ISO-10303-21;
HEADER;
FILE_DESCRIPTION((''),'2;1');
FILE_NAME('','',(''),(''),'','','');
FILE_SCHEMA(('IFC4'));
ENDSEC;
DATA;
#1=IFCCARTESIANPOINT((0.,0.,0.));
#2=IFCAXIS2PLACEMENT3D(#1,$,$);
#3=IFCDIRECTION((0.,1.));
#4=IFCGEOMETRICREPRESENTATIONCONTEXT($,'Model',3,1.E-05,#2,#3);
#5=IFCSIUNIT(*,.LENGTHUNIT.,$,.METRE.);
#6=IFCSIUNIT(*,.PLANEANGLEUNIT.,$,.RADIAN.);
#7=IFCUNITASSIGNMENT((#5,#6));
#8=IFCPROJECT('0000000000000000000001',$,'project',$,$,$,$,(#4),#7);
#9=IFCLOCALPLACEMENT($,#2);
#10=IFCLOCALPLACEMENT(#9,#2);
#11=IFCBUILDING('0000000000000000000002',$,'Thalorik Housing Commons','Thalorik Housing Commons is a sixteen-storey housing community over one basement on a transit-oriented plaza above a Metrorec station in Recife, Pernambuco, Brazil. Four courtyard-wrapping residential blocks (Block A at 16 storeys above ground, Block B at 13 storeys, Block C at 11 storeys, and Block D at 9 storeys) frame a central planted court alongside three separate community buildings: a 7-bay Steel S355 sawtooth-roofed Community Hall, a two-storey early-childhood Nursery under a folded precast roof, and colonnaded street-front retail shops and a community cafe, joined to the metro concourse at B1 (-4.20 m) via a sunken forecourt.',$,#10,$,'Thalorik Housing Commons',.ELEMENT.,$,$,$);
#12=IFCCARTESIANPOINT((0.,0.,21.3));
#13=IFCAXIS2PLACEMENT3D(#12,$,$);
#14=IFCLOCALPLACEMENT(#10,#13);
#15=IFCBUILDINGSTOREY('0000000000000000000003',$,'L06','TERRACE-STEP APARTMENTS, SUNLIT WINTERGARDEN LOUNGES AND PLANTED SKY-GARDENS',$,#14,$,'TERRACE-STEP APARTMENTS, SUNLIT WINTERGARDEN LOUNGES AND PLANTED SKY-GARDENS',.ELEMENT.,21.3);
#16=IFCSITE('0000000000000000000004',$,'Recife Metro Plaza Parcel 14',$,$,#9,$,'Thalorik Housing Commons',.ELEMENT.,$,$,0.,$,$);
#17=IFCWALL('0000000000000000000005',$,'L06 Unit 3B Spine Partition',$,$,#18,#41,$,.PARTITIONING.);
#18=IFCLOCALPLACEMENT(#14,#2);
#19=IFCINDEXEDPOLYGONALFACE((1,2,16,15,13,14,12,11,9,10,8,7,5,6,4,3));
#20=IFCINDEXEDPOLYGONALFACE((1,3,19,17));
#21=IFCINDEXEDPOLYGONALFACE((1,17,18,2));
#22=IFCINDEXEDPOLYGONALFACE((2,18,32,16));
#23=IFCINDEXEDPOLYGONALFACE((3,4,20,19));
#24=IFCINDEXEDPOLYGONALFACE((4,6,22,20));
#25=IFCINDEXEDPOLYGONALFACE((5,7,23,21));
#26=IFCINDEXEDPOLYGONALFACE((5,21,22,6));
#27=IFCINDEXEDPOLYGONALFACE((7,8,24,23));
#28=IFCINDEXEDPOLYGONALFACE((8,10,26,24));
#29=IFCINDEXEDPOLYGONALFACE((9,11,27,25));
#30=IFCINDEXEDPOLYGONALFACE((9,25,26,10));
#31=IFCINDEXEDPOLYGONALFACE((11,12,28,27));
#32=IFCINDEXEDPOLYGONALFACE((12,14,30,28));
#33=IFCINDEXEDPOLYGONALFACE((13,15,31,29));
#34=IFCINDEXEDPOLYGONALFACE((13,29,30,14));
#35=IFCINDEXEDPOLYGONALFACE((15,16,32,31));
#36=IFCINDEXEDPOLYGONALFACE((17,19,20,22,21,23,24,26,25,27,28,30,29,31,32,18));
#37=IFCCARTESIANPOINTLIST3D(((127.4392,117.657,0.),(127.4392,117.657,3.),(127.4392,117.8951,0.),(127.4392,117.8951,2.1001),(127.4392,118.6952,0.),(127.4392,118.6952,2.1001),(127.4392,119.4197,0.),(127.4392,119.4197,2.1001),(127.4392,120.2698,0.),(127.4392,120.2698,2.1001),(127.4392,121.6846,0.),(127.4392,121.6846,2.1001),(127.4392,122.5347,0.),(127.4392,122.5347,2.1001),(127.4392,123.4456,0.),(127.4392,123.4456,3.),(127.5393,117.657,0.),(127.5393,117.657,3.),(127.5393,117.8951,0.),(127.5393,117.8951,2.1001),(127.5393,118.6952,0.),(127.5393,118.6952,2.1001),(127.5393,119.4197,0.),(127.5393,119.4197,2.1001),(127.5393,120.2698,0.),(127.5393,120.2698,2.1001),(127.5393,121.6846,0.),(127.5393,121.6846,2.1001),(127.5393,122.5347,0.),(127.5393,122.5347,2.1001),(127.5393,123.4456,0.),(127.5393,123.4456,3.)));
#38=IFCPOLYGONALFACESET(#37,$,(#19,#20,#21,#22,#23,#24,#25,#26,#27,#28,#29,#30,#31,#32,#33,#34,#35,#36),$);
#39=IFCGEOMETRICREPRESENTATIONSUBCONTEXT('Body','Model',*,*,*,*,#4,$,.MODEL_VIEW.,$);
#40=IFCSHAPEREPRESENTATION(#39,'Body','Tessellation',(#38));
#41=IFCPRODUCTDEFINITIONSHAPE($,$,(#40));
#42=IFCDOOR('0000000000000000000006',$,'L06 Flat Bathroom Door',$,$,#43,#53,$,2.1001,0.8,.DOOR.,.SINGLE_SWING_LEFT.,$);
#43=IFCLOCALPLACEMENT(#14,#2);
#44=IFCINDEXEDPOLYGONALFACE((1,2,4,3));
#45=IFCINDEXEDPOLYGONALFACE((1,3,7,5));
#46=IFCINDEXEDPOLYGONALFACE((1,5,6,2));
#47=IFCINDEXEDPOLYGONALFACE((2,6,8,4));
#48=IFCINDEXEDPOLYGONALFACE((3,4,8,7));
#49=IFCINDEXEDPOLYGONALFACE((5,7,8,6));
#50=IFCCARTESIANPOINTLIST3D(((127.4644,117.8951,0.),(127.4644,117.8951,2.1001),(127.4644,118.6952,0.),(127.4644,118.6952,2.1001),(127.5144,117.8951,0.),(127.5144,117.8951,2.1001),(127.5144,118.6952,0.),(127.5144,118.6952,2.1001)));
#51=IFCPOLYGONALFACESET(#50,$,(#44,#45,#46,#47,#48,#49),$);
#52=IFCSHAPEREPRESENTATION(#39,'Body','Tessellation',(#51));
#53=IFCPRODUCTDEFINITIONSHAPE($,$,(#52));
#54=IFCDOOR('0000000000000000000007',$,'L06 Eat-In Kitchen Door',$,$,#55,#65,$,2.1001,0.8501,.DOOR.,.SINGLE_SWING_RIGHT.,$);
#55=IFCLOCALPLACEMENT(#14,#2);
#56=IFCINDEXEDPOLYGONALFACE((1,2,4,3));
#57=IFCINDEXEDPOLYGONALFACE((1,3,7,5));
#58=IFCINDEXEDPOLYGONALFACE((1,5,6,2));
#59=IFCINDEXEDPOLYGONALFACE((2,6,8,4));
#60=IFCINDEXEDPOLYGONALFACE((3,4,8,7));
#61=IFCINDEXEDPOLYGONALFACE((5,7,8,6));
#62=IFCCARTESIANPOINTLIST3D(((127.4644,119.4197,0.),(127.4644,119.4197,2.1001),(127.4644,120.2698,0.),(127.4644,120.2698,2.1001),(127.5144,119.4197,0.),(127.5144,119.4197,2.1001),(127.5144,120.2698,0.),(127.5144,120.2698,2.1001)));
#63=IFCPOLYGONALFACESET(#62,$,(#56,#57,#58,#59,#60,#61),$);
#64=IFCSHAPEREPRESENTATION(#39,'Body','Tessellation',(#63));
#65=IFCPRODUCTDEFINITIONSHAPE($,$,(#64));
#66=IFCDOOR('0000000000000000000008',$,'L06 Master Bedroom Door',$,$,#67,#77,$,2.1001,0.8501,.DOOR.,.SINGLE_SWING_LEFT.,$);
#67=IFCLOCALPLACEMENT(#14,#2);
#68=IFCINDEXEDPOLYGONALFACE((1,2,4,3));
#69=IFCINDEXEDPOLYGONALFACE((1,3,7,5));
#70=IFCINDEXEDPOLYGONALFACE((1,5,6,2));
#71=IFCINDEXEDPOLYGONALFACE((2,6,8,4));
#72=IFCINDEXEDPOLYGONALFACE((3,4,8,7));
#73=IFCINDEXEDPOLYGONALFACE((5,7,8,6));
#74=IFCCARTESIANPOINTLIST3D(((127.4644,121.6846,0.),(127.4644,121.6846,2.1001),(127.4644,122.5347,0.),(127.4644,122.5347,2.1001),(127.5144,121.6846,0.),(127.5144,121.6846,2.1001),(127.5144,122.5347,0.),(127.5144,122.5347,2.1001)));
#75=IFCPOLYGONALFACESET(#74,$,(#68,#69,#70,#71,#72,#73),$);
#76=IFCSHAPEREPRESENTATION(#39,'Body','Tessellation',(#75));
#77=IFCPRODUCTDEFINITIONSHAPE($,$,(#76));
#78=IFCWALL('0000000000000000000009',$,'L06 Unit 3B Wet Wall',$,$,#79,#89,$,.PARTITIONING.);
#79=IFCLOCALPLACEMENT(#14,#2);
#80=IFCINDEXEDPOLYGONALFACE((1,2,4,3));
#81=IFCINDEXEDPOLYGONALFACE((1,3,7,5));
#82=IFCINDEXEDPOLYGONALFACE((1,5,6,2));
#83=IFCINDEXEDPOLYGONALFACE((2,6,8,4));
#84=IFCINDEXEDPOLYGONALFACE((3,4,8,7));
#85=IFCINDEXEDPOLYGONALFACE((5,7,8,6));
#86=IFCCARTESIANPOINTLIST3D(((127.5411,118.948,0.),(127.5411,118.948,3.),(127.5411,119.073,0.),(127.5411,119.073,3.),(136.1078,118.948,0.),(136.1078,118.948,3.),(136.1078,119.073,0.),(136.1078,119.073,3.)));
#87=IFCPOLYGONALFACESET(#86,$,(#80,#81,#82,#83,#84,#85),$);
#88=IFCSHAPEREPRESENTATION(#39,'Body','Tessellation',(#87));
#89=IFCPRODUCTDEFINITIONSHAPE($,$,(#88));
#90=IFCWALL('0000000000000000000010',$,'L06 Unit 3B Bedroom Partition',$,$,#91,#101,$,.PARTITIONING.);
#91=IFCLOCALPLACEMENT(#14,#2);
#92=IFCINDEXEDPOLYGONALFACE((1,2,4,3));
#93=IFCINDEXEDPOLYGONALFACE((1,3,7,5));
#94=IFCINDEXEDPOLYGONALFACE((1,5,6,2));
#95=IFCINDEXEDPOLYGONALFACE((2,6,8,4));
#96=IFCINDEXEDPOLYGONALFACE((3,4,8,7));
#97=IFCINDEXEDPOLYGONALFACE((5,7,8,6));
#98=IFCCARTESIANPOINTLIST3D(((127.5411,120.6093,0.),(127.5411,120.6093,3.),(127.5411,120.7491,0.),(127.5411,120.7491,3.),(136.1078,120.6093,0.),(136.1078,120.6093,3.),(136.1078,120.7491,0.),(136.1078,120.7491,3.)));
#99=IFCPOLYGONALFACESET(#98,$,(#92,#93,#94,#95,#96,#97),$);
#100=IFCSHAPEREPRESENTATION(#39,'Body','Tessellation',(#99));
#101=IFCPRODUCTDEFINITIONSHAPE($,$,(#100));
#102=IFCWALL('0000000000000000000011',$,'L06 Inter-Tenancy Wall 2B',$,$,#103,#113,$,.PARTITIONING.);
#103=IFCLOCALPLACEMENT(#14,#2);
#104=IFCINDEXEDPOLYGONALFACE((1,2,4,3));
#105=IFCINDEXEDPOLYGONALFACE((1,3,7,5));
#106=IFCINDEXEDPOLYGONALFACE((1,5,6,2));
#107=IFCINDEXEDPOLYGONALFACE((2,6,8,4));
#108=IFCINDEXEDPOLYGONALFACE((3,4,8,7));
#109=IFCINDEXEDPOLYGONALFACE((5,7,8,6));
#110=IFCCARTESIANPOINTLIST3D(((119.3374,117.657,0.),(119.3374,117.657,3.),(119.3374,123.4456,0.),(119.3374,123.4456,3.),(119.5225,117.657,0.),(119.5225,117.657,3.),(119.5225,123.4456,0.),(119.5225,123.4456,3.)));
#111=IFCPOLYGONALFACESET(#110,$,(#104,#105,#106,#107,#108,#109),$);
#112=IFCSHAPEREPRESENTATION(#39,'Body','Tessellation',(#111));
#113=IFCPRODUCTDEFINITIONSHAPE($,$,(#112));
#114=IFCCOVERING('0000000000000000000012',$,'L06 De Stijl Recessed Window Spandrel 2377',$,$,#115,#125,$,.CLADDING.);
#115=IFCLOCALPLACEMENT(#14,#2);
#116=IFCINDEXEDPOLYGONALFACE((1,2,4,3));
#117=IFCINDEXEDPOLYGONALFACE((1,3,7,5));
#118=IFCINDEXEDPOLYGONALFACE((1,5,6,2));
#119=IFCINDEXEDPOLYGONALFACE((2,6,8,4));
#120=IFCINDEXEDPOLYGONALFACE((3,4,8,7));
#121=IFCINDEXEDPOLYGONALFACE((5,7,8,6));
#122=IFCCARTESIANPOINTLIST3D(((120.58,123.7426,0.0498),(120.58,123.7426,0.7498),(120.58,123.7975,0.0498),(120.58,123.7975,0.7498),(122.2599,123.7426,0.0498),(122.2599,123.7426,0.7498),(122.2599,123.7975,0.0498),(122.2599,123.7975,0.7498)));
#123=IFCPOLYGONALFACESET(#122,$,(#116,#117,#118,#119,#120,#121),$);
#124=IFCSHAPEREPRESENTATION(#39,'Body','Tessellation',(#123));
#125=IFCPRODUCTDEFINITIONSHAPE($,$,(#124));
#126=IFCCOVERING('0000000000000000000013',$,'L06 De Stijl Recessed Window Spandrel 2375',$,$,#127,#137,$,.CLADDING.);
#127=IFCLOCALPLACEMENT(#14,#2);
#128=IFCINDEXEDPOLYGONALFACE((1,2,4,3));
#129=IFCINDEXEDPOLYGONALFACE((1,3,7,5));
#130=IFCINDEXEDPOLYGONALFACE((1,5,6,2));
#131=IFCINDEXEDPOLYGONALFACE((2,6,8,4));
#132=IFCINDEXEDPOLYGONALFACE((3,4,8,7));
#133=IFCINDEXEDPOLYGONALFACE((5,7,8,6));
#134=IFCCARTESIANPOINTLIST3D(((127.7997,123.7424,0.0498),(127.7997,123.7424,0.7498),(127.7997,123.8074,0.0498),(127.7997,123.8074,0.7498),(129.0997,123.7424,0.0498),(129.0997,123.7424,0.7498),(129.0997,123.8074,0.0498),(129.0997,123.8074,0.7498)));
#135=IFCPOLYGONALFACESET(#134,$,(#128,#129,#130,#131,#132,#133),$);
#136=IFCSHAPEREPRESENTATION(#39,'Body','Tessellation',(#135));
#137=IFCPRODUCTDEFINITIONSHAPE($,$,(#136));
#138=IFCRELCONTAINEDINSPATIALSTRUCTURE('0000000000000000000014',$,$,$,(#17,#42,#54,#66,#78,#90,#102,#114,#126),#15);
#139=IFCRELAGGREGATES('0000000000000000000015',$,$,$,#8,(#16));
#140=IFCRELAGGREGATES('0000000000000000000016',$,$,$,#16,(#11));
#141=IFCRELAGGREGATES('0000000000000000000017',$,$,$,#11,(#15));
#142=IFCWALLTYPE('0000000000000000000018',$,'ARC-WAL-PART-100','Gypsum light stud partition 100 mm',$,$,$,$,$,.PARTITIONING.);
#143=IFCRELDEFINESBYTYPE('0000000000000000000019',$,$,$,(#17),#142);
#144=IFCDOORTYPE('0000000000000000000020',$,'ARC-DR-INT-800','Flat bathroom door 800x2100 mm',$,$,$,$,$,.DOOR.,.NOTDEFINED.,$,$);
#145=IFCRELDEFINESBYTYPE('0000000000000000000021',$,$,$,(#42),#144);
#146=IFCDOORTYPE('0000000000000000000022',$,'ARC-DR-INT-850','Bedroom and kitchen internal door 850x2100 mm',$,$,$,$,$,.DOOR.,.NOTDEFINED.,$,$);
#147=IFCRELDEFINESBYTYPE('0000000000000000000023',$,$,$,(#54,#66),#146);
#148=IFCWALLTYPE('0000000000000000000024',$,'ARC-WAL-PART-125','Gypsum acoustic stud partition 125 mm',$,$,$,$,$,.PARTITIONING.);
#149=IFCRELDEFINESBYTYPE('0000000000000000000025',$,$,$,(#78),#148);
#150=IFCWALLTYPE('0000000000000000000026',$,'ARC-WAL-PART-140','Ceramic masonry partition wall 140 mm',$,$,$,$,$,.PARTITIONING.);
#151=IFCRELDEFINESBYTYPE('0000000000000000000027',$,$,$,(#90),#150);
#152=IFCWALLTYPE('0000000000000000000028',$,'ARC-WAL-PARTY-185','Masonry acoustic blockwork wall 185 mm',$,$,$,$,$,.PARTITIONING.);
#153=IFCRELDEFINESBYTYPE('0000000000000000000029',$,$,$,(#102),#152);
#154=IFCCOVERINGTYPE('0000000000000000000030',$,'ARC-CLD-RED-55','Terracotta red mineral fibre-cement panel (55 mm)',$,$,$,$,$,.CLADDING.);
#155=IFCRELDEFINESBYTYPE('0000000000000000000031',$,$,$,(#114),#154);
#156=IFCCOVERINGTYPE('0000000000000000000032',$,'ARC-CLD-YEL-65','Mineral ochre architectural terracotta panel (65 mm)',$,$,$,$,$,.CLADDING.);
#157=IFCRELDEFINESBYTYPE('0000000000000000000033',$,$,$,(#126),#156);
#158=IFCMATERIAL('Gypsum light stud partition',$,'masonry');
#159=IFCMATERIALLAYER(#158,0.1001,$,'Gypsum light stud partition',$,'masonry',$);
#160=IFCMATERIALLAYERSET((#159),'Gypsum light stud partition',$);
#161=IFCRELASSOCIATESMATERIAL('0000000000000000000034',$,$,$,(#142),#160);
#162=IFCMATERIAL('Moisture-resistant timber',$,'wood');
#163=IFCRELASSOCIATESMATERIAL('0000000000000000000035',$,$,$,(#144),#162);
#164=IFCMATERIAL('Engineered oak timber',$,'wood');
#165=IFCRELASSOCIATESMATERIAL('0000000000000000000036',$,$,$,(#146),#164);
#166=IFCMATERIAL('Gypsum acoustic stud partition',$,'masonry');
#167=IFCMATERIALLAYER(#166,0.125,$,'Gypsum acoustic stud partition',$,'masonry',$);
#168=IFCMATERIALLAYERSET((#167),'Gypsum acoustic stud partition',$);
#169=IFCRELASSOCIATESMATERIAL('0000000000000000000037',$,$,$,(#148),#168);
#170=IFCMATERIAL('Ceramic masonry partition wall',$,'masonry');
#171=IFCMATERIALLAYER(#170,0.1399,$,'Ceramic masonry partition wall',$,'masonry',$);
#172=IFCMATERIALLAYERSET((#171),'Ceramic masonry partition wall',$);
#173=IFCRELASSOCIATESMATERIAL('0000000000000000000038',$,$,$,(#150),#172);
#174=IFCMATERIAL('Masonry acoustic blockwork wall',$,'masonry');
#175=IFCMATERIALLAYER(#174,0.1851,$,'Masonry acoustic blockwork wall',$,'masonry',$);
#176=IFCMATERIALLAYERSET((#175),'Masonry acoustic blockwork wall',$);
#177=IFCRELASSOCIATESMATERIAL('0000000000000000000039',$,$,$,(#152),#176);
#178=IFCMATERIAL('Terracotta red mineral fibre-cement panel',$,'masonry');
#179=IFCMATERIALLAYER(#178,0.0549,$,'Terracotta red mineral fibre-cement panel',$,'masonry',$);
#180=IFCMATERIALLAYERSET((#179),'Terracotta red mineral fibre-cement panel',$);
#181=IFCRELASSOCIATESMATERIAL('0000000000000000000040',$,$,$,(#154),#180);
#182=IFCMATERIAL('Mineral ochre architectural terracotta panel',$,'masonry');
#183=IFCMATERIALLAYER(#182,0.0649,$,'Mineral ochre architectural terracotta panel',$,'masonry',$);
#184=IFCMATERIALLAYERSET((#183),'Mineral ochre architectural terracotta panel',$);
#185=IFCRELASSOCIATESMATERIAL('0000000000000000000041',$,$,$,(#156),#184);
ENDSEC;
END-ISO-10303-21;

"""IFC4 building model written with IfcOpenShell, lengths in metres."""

from ifc_helpers import new_model, si_unit, direction, frame, frame_2d, origin, origin_2d, place, context, subcontext, project, spatial, rectangle, extrude, material, layer, layer_set, type_object, element, fill, save


model = new_model("IFC4")

# Units and contexts
model_context = context("Model", 3, precision=1e-05, world=origin(), true_north=direction((0.0, 1.0)))
body_context = subcontext(model_context, "Body", "Model", "MODEL_VIEW")
ifc_project = project(units=[si_unit("LENGTHUNIT", "METRE"), si_unit("PLANEANGLEUNIT", "RADIAN")], contexts=[model_context])

# Site, building, storey
site_placement = place(None, origin())
site = spatial("IfcSite", under=ifc_project, at=site_placement, Name="Recife Metro Plaza Parcel 14", LongName="Thalorik Housing Commons", CompositionType="ELEMENT", RefElevation=0.0)
building_placement = place(site_placement, origin())
building = spatial("IfcBuilding", under=site, at=building_placement, Name="Thalorik Housing Commons", Description="Thalorik Housing Commons is a sixteen-storey housing community over one basement on a transit-oriented plaza above a Metrorec station in Recife, Pernambuco, Brazil. Four courtyard-wrapping residential blocks (Block A at 16 storeys above ground, Block B at 13 storeys, Block C at 11 storeys, and Block D at 9 storeys) frame a central planted court alongside three separate community buildings: a 7-bay Steel S355 sawtooth-roofed Community Hall, a two-storey early-childhood Nursery under a folded precast roof, and colonnaded street-front retail shops and a community cafe, joined to the metro concourse at B1 (-4.20 m) via a sunken forecourt.", LongName="Thalorik Housing Commons", CompositionType="ELEMENT")
storey_placement = place(building_placement, frame((0.0, 0.0, 21.3)))
storey = spatial("IfcBuildingStorey", under=building, at=storey_placement, Name="L06", Description="TERRACE-STEP APARTMENTS, SUNLIT WINTERGARDEN LOUNGES AND PLANTED SKY-GARDENS", LongName="TERRACE-STEP APARTMENTS, SUNLIT WINTERGARDEN LOUNGES AND PLANTED SKY-GARDENS", CompositionType="ELEMENT", Elevation=21.3)

# Wall, openings, doors
ifc_material_1 = material(Name="Gypsum light stud partition", Category="masonry")
ifc_layer_1 = layer(ifc_material_1, 0.1001, Name="Gypsum light stud partition", Category="masonry")
ifc_layer_set_1 = layer_set([ifc_layer_1], Name="Gypsum light stud partition")
wall_type_1 = type_object("IfcWallType", Name="ARC-WAL-PART-100", Description="Gypsum light stud partition 100 mm", PredefinedType="PARTITIONING", material=ifc_layer_set_1)
wall_1_placement = place(storey_placement, frame((127.4893, 117.657, 0.0), z_axis=(0.0, 0.0, 1.0), x_axis=(0.0, 1.0, 0.0)))
wall_1 = element("IfcWall", 1, at=wall_1_placement, inside=storey, type_object=wall_type_1, Name="L06 Unit 3B Spine Partition", PredefinedType="PARTITIONING", context=body_context, shape_type="SweptSolid", body=[
    extrude(rectangle(XDim=5.7886, YDim=0.1001, at=frame_2d((2.8943, 0.0))), origin(), (0.0, 0.0, 1.0), 3.0),
])
opening_1_placement = place(wall_1_placement, frame((0.2383, 0.0, 0.0)))
opening_1 = element("IfcOpeningElement", 2, at=opening_1_placement, cuts=wall_1, PredefinedType="OPENING", context=body_context, shape_type="SweptSolid", body=[
    extrude(rectangle(XDim=0.8, YDim=2.1001, at=frame_2d((0.3999, 1.05))), frame((0.0, 0.0601, 0.0), z_axis=(0.0, -1.0, 0.0), x_axis=(1.0, 0.0, 0.0)), (0.0, 0.0, 1.0), 0.1201),
])
opening_2_placement = place(wall_1_placement, frame((1.7627, 0.0, 0.0)))
opening_2 = element("IfcOpeningElement", 3, at=opening_2_placement, cuts=wall_1, PredefinedType="OPENING", context=body_context, shape_type="SweptSolid", body=[
    extrude(rectangle(XDim=0.8501, YDim=2.1001, at=frame_2d((0.425, 1.05))), frame((0.0, 0.0601, 0.0), z_axis=(0.0, -1.0, 0.0), x_axis=(1.0, 0.0, 0.0)), (0.0, 0.0, 1.0), 0.1201),
])
opening_3_placement = place(wall_1_placement, frame((4.0276, 0.0, 0.0)))
opening_3 = element("IfcOpeningElement", 4, at=opening_3_placement, cuts=wall_1, PredefinedType="OPENING", context=body_context, shape_type="SweptSolid", body=[
    extrude(rectangle(XDim=0.8501, YDim=2.1001, at=frame_2d((0.425, 1.05))), frame((0.0, 0.0601, 0.0), z_axis=(0.0, -1.0, 0.0), x_axis=(1.0, 0.0, 0.0)), (0.0, 0.0, 1.0), 0.1201),
])
ifc_material_2 = material(Name="Moisture-resistant timber", Category="wood")
door_type_1 = type_object("IfcDoorType", Name="ARC-DR-INT-800", Description="Flat bathroom door 800x2100 mm", OperationType="NOTDEFINED", PredefinedType="DOOR", material=ifc_material_2)
door_1_placement = place(opening_1_placement, origin())
door_1 = element("IfcDoor", 5, at=door_1_placement, inside=storey, type_object=door_type_1, Name="L06 Flat Bathroom Door", OperationType="SINGLE_SWING_LEFT", OverallHeight=2.1001, OverallWidth=0.8, PredefinedType="DOOR", context=body_context, shape_type="SweptSolid", body=[
    extrude(rectangle(XDim=0.8, YDim=2.1001, at=frame_2d((0.3999, 1.05))), frame((0.0, 0.0249, 0.0), z_axis=(0.0, -1.0, 0.0), x_axis=(1.0, 0.0, 0.0)), (0.0, 0.0, 1.0), 0.05),
])
fill(opening_1, door_1)
ifc_material_3 = material(Name="Engineered oak timber", Category="wood")
door_type_2 = type_object("IfcDoorType", Name="ARC-DR-INT-850", Description="Bedroom and kitchen internal door 850x2100 mm", OperationType="NOTDEFINED", PredefinedType="DOOR", material=ifc_material_3)
door_2_placement = place(opening_2_placement, origin())
door_2 = element("IfcDoor", 6, at=door_2_placement, inside=storey, type_object=door_type_2, Name="L06 Eat-In Kitchen Door", OperationType="SINGLE_SWING_RIGHT", OverallHeight=2.1001, OverallWidth=0.8501, PredefinedType="DOOR", context=body_context, shape_type="SweptSolid", body=[
    extrude(rectangle(XDim=0.8501, YDim=2.1001, at=frame_2d((0.425, 1.05))), frame((0.0, 0.0249, 0.0), z_axis=(0.0, -1.0, 0.0), x_axis=(1.0, 0.0, 0.0)), (0.0, 0.0, 1.0), 0.05),
])
fill(opening_2, door_2)
door_3_placement = place(opening_3_placement, origin())
door_3 = element("IfcDoor", 7, at=door_3_placement, inside=storey, type_object=door_type_2, Name="L06 Master Bedroom Door", OperationType="SINGLE_SWING_LEFT", OverallHeight=2.1001, OverallWidth=0.8501, PredefinedType="DOOR", context=body_context, shape_type="SweptSolid", body=[
    extrude(rectangle(XDim=0.8501, YDim=2.1001, at=frame_2d((0.425, 1.05))), frame((0.0, 0.0249, 0.0), z_axis=(0.0, -1.0, 0.0), x_axis=(1.0, 0.0, 0.0)), (0.0, 0.0, 1.0), 0.05),
])
fill(opening_3, door_3)

# Walls
ifc_material_4 = material(Name="Gypsum acoustic stud partition", Category="masonry")
ifc_layer_2 = layer(ifc_material_4, 0.125, Name="Gypsum acoustic stud partition", Category="masonry")
ifc_layer_set_2 = layer_set([ifc_layer_2], Name="Gypsum acoustic stud partition")
wall_type_2 = type_object("IfcWallType", Name="ARC-WAL-PART-125", Description="Gypsum acoustic stud partition 125 mm", PredefinedType="PARTITIONING", material=ifc_layer_set_2)
wall_2_placement = place(storey_placement, frame((127.5413, 119.0105, 0.0), z_axis=(0.0, 0.0, 1.0), x_axis=(1.0, 0.0, 0.0)))
element("IfcWall", 8, at=wall_2_placement, inside=storey, type_object=wall_type_2, Name="L06 Unit 3B Wet Wall", PredefinedType="PARTITIONING", context=body_context, shape_type="SweptSolid", body=[
    extrude(rectangle(XDim=8.5667, YDim=0.125, at=frame_2d((4.2832, 0.0))), origin(), (0.0, 0.0, 1.0), 3.0),
])
ifc_material_5 = material(Name="Ceramic masonry partition wall", Category="masonry")
ifc_layer_3 = layer(ifc_material_5, 0.1399, Name="Ceramic masonry partition wall", Category="masonry")
ifc_layer_set_3 = layer_set([ifc_layer_3], Name="Ceramic masonry partition wall")
wall_type_3 = type_object("IfcWallType", Name="ARC-WAL-PART-140", Description="Ceramic masonry partition wall 140 mm", PredefinedType="PARTITIONING", material=ifc_layer_set_3)
wall_3_placement = place(storey_placement, frame((127.5413, 120.6792, 0.0), z_axis=(0.0, 0.0, 1.0), x_axis=(1.0, 0.0, 0.0)))
element("IfcWall", 9, at=wall_3_placement, inside=storey, type_object=wall_type_3, Name="L06 Unit 3B Bedroom Partition", PredefinedType="PARTITIONING", context=body_context, shape_type="SweptSolid", body=[
    extrude(rectangle(XDim=8.5667, YDim=0.1399, at=frame_2d((4.2832, 0.0))), origin(), (0.0, 0.0, 1.0), 3.0),
])
ifc_material_6 = material(Name="Masonry acoustic blockwork wall", Category="masonry")
ifc_layer_4 = layer(ifc_material_6, 0.1851, Name="Masonry acoustic blockwork wall", Category="masonry")
ifc_layer_set_4 = layer_set([ifc_layer_4], Name="Masonry acoustic blockwork wall")
wall_type_4 = type_object("IfcWallType", Name="ARC-WAL-PARTY-185", Description="Masonry acoustic blockwork wall 185 mm", PredefinedType="PARTITIONING", material=ifc_layer_set_4)
wall_4_placement = place(storey_placement, frame((119.4299, 117.657, 0.0), z_axis=(0.0, 0.0, 1.0), x_axis=(0.0, 1.0, 0.0)))
element("IfcWall", 10, at=wall_4_placement, inside=storey, type_object=wall_type_4, Name="L06 Inter-Tenancy Wall 2B", PredefinedType="PARTITIONING", context=body_context, shape_type="SweptSolid", body=[
    extrude(rectangle(XDim=5.7886, YDim=0.1851, at=frame_2d((2.8943, 0.0))), origin(), (0.0, 0.0, 1.0), 3.0),
])

# Coverings
ifc_material_7 = material(Name="Terracotta red mineral fibre-cement panel", Category="masonry")
ifc_layer_5 = layer(ifc_material_7, 0.0549, Name="Terracotta red mineral fibre-cement panel", Category="masonry")
ifc_layer_set_5 = layer_set([ifc_layer_5], Name="Terracotta red mineral fibre-cement panel")
covering_type_1 = type_object("IfcCoveringType", Name="ARC-CLD-RED-55", Description="Terracotta red mineral fibre-cement panel (55 mm)", PredefinedType="CLADDING", material=ifc_layer_set_5)
covering_1_placement = place(storey_placement, frame((121.4199, 123.77, 0.0498), z_axis=(0.0, 0.0, 1.0), x_axis=(-1.0, 0.0, 0.0)))
element("IfcCovering", 11, at=covering_1_placement, inside=storey, type_object=covering_type_1, Name="L06 De Stijl Recessed Window Spandrel 2377", PredefinedType="CLADDING", context=body_context, shape_type="SweptSolid", body=[
    extrude(rectangle(XDim=1.6799, YDim=0.0549, at=origin_2d()), origin(), (0.0, 0.0, 1.0), 0.7),
])
ifc_material_8 = material(Name="Mineral ochre architectural terracotta panel", Category="masonry")
ifc_layer_6 = layer(ifc_material_8, 0.0649, Name="Mineral ochre architectural terracotta panel", Category="masonry")
ifc_layer_set_6 = layer_set([ifc_layer_6], Name="Mineral ochre architectural terracotta panel")
covering_type_2 = type_object("IfcCoveringType", Name="ARC-CLD-YEL-65", Description="Mineral ochre architectural terracotta panel (65 mm)", PredefinedType="CLADDING", material=ifc_layer_set_6)
covering_2_placement = place(storey_placement, frame((128.4497, 123.7749, 0.0498), z_axis=(0.0, 0.0, 1.0), x_axis=(-1.0, 0.0, 0.0)))
element("IfcCovering", 12, at=covering_2_placement, inside=storey, type_object=covering_type_2, Name="L06 De Stijl Recessed Window Spandrel 2375", PredefinedType="CLADDING", context=body_context, shape_type="SweptSolid", body=[
    extrude(rectangle(XDim=1.3, YDim=0.0649, at=origin_2d()), origin(), (0.0, 0.0, 1.0), 0.7),
])

save(model, "model.ifc")
